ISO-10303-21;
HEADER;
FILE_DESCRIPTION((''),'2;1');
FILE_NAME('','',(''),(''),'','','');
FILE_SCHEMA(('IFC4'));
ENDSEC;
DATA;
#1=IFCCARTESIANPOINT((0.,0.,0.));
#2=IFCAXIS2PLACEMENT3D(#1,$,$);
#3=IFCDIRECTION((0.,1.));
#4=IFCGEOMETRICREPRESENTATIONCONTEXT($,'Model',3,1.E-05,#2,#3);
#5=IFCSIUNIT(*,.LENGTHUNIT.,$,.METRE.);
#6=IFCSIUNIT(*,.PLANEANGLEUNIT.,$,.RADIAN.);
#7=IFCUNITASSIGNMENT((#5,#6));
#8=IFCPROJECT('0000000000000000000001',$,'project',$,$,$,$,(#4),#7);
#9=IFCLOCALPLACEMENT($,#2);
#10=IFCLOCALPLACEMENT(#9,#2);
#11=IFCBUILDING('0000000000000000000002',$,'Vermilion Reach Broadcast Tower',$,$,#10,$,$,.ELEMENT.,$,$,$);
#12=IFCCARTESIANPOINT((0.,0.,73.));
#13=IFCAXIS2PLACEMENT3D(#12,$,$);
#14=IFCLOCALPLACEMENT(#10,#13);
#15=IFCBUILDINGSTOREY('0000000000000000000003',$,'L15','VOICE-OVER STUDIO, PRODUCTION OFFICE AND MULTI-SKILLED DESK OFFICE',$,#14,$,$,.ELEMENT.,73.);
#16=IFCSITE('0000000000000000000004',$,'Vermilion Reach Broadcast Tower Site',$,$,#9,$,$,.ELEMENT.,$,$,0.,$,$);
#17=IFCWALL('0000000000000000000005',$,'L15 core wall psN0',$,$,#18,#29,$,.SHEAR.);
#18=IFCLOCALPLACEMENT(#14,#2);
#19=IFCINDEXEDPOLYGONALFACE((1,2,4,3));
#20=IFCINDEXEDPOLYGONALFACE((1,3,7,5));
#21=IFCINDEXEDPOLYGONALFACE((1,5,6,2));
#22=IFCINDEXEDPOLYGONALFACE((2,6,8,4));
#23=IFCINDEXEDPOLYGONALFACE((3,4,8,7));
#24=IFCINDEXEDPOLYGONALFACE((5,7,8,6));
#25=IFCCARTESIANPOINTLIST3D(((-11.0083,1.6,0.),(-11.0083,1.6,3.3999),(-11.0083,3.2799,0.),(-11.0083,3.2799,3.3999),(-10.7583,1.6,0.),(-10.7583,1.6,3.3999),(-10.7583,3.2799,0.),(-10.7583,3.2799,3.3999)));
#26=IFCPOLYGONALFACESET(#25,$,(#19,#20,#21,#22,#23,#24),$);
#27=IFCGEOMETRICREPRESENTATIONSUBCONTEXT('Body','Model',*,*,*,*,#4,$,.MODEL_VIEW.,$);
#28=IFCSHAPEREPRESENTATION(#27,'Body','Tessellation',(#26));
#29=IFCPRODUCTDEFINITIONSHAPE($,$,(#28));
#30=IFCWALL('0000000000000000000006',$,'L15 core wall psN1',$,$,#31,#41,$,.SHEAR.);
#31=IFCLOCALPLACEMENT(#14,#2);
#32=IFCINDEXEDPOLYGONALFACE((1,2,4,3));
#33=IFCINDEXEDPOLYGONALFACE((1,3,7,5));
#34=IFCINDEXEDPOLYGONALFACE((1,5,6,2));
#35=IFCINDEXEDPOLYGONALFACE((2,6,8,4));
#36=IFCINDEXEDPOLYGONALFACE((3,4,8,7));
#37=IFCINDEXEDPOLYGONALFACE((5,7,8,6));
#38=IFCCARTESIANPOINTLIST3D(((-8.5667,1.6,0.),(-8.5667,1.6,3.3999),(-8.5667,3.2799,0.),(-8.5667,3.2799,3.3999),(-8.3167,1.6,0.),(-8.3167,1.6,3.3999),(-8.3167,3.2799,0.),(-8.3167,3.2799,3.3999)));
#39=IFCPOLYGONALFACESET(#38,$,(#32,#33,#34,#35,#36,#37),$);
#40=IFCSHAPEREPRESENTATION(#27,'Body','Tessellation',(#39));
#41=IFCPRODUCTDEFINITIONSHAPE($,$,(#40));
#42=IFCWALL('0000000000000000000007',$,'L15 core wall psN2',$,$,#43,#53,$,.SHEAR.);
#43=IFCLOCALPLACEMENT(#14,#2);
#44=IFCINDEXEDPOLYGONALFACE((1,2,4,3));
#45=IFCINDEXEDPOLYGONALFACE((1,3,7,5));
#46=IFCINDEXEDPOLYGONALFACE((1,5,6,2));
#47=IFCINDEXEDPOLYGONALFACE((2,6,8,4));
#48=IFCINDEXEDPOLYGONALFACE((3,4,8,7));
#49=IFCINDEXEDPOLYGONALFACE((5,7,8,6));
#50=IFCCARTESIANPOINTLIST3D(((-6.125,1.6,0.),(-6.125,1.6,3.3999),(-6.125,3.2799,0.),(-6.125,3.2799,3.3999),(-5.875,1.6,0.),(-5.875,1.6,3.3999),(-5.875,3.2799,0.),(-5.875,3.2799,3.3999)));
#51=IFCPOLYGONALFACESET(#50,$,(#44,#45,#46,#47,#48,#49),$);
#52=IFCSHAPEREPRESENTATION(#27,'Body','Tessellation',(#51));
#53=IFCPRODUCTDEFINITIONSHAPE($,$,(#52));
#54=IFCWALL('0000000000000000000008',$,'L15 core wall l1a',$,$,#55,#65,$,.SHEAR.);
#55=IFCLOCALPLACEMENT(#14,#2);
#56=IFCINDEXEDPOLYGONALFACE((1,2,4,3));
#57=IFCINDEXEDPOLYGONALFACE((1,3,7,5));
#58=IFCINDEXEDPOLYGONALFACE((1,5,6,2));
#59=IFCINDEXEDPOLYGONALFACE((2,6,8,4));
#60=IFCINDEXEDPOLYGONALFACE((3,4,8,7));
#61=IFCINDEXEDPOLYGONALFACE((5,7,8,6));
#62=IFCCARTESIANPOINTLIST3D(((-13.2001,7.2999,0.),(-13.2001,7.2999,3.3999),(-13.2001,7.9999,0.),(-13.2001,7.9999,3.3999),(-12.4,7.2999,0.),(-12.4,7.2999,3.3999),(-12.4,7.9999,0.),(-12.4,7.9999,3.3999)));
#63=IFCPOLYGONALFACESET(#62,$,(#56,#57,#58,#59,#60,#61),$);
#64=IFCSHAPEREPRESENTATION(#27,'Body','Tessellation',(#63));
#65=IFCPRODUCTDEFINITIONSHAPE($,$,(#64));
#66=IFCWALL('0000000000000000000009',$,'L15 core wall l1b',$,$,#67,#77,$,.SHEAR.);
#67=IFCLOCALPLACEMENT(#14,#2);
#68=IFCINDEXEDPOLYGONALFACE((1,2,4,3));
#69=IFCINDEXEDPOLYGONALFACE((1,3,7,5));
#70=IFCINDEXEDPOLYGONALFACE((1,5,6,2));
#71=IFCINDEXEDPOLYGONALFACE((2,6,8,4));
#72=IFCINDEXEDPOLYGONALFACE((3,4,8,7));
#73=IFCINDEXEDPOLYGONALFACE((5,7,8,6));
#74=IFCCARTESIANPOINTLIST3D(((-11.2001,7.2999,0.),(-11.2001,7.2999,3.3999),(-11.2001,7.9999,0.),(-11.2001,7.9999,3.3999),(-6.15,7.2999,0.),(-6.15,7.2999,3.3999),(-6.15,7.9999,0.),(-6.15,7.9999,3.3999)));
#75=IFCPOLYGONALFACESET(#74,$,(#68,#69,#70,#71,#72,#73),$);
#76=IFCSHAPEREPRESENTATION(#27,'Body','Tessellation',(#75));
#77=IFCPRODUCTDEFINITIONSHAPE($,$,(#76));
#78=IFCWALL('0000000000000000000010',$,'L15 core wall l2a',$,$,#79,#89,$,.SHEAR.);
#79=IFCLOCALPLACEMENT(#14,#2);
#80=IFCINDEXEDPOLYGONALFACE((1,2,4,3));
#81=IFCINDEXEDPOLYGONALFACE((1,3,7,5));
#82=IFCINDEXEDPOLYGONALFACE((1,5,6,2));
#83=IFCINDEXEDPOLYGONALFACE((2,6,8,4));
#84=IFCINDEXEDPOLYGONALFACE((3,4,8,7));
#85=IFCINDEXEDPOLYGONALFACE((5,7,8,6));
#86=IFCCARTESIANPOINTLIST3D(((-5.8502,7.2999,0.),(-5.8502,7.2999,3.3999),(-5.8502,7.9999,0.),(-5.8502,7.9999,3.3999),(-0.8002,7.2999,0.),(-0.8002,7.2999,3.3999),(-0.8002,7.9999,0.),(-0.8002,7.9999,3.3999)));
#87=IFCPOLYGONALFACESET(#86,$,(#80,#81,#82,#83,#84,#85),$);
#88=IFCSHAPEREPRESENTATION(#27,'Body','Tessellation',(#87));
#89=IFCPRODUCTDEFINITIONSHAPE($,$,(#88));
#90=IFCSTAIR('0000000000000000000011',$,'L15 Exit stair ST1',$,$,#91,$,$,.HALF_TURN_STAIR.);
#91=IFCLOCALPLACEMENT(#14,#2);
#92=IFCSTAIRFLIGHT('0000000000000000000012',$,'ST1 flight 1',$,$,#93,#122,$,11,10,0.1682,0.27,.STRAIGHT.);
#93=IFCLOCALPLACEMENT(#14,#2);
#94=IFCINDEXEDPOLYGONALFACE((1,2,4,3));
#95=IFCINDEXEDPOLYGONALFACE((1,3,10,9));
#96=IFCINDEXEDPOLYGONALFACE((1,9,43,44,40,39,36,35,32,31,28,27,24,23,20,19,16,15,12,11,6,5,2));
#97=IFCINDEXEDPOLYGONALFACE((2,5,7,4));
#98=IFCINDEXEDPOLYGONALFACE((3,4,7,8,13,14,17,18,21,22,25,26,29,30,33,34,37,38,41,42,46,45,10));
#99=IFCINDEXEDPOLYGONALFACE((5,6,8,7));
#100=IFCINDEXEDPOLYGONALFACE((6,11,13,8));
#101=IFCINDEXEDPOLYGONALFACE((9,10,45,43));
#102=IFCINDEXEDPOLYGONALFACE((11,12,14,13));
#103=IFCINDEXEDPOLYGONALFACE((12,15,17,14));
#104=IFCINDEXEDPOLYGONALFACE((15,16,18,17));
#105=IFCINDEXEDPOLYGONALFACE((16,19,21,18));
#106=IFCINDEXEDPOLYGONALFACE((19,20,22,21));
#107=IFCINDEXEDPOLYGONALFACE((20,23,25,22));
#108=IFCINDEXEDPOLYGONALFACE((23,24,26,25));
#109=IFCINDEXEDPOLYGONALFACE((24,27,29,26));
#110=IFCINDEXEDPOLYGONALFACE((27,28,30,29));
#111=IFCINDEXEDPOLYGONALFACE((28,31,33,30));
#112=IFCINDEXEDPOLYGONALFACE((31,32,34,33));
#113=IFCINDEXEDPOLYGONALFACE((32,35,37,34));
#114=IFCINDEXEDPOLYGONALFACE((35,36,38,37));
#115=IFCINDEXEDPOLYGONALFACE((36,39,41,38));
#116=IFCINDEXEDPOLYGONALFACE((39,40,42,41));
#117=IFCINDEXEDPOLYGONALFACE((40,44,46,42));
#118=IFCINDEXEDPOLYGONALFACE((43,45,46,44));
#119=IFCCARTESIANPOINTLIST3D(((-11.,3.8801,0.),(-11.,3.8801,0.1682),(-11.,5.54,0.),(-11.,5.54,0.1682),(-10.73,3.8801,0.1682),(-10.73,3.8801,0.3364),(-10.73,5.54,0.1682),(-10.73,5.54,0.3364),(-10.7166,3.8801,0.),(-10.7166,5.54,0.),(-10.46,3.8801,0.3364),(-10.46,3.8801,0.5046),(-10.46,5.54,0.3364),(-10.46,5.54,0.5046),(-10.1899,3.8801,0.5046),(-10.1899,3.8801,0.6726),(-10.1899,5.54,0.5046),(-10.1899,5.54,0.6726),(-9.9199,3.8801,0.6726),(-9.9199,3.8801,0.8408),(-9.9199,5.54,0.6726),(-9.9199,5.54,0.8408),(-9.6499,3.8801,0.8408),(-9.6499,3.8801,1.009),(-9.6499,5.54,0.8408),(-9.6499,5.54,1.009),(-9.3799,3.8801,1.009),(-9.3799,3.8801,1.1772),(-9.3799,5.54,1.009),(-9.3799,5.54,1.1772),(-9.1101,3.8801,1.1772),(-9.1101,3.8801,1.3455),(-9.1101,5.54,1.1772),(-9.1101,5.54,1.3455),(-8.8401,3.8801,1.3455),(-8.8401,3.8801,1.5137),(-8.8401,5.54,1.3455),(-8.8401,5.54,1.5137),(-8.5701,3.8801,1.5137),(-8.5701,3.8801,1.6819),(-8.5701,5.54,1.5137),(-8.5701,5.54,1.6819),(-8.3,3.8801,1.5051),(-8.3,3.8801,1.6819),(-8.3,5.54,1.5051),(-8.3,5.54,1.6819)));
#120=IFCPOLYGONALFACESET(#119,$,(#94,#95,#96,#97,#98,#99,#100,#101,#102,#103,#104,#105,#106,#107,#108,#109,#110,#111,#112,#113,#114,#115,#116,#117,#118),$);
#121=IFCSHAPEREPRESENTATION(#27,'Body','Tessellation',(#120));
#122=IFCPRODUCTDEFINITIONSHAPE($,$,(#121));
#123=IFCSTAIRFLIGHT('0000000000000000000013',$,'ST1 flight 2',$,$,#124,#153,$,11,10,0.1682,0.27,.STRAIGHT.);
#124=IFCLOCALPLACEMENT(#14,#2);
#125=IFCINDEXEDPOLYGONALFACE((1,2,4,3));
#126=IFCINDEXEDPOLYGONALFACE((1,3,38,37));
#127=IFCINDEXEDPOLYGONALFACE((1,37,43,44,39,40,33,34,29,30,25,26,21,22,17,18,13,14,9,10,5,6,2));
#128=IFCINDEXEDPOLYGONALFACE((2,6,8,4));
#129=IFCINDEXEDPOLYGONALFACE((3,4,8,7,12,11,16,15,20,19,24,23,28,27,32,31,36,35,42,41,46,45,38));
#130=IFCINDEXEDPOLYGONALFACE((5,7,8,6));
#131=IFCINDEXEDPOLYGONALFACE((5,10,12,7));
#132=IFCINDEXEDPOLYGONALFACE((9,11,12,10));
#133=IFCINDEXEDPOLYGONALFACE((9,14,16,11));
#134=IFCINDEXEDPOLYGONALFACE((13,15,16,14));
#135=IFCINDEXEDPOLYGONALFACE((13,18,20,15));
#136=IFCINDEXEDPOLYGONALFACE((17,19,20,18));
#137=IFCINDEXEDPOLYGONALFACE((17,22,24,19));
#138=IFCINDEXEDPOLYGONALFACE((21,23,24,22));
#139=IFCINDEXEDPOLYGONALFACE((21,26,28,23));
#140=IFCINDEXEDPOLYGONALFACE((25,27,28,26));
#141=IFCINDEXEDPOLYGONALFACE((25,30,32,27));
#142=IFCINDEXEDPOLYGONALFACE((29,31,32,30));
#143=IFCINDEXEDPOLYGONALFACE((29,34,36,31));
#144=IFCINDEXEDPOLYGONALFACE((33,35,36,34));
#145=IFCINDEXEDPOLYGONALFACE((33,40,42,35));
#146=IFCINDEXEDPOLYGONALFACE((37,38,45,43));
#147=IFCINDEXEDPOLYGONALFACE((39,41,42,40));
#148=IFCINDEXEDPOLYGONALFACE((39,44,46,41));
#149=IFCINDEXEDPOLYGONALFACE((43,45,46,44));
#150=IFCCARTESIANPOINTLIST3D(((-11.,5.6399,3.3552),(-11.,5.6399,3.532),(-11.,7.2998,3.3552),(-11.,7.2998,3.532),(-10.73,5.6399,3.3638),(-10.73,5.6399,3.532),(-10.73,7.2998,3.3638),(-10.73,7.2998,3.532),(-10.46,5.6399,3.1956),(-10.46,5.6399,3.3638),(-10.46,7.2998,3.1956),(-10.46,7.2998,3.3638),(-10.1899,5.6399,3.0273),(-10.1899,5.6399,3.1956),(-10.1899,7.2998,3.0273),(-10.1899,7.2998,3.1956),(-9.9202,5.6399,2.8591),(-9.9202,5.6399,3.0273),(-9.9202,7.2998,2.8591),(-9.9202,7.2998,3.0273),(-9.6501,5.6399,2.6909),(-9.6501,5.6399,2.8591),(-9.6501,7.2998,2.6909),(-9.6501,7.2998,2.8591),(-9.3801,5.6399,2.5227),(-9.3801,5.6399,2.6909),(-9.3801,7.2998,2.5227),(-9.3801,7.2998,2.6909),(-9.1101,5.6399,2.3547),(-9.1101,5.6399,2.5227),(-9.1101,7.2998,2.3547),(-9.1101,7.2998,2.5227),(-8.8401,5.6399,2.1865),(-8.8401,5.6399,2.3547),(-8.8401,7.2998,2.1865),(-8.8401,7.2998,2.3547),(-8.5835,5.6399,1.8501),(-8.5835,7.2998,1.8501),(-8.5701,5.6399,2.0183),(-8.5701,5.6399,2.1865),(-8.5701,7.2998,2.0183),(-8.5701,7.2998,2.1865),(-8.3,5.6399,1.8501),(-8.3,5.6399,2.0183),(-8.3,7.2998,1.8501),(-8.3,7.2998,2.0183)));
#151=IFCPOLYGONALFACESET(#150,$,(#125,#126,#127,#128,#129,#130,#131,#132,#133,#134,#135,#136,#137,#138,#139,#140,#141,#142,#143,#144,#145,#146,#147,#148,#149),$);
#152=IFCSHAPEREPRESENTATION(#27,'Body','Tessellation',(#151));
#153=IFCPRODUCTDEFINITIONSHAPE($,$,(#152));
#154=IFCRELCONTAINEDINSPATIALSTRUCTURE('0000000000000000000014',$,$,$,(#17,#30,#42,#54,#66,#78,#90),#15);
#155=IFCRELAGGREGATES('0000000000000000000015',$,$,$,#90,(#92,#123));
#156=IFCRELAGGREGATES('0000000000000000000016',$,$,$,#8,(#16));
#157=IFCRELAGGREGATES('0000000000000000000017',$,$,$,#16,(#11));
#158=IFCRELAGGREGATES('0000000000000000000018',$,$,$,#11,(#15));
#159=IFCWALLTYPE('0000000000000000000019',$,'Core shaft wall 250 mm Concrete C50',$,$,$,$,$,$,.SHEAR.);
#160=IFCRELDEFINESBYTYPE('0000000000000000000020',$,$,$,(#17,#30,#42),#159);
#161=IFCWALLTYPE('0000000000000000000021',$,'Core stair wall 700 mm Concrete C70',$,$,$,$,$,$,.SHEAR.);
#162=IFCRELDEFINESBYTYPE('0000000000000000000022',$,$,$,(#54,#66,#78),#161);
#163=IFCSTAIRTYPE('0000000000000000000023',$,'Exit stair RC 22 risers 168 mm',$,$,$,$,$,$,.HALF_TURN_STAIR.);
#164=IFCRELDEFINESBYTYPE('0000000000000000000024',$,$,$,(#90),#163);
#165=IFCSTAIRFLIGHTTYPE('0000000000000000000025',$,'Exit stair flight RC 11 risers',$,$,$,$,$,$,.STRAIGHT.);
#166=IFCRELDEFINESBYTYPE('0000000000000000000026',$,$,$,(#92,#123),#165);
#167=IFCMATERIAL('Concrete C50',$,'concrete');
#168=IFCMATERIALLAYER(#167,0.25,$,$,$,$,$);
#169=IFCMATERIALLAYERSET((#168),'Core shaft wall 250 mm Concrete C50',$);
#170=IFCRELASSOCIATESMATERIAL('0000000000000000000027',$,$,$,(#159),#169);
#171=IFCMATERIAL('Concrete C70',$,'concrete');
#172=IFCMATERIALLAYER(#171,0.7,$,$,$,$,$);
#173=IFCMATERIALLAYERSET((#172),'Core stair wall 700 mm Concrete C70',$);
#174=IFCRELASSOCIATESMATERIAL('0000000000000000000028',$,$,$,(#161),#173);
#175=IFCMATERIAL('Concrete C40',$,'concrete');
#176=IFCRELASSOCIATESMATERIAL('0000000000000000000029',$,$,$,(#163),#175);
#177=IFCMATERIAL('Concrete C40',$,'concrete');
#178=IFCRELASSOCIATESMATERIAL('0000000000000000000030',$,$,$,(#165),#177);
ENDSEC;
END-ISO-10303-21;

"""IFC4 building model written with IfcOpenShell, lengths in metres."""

from ifc_helpers import new_model, si_unit, direction, frame, frame_2d, origin, place, context, subcontext, project, spatial, polyline, rectangle, outline, extrude, material, layer, layer_set, type_object, element, aggregate, save


model = new_model("IFC4")

# Units and contexts
model_context = context("Model", 3, precision=1e-05, world=origin(), true_north=direction((0.0, 1.0)))
body_context = subcontext(model_context, "Body", "Model", "MODEL_VIEW")
ifc_project = project(units=[si_unit("LENGTHUNIT", "METRE"), si_unit("PLANEANGLEUNIT", "RADIAN")], contexts=[model_context])

# Site, building, storey
site_placement = place(None, origin())
site = spatial("IfcSite", under=ifc_project, at=site_placement, Name="Vermilion Reach Broadcast Tower Site", CompositionType="ELEMENT", RefElevation=0.0)
building_placement = place(site_placement, origin())
building = spatial("IfcBuilding", under=site, at=building_placement, Name="Vermilion Reach Broadcast Tower", CompositionType="ELEMENT")
storey_placement = place(building_placement, frame((0.0, 0.0, 73.0)))
storey = spatial("IfcBuildingStorey", under=building, at=storey_placement, Name="L15", Description="VOICE-OVER STUDIO, PRODUCTION OFFICE AND MULTI-SKILLED DESK OFFICE", CompositionType="ELEMENT", Elevation=73.0)

# Walls
ifc_material_1 = material(Name="Concrete C50", Category="concrete")
ifc_layer_1 = layer(ifc_material_1, 0.25)
ifc_layer_set_1 = layer_set([ifc_layer_1], Name="Core shaft wall 250 mm Concrete C50")
wall_type_1 = type_object("IfcWallType", Name="Core shaft wall 250 mm Concrete C50", PredefinedType="SHEAR", material=ifc_layer_set_1)
for number, where, z_axis, x_axis, name in (
    (1, (-10.8833, 1.6001, 0.0), (0.0, 0.0, 1.0), (0.0, 1.0, 0.0), "L15 core wall psN0"),
    (2, (-8.4417, 1.6001, 0.0), (0.0, 0.0, 1.0), (0.0, 1.0, 0.0), "L15 core wall psN1"),
    (3, (-6.0, 1.6001, 0.0), (0.0, 0.0, 1.0), (0.0, 1.0, 0.0), "L15 core wall psN2"),
):
    element("IfcWall", number, at=place(storey_placement, frame(where, z_axis=z_axis, x_axis=x_axis)), inside=storey, type_object=wall_type_1, Name=name, PredefinedType="SHEAR", context=body_context, shape_type="SweptSolid", body=[
        extrude(rectangle(XDim=1.6799, YDim=0.25, at=frame_2d((0.8398, 0.0))), origin(), (0.0, 0.0, 1.0), 3.3999),
    ])
ifc_material_2 = material(Name="Concrete C70", Category="concrete")
ifc_layer_2 = layer(ifc_material_2, 0.7)
ifc_layer_set_2 = layer_set([ifc_layer_2], Name="Core stair wall 700 mm Concrete C70")
wall_type_2 = type_object("IfcWallType", Name="Core stair wall 700 mm Concrete C70", PredefinedType="SHEAR", material=ifc_layer_set_2)
wall_1_placement = place(storey_placement, frame((-13.2, 7.6499, 0.0), z_axis=(0.0, 0.0, 1.0), x_axis=(1.0, 0.0, 0.0)))
element("IfcWall", 4, at=wall_1_placement, inside=storey, type_object=wall_type_2, Name="L15 core wall l1a", PredefinedType="SHEAR", context=body_context, shape_type="SweptSolid", body=[
    extrude(rectangle(XDim=0.8, YDim=0.7, at=frame_2d((0.3999, 0.0))), origin(), (0.0, 0.0, 1.0), 3.3999),
])
for number, where, z_axis, x_axis, name in (
    (5, (-11.2, 7.6499, 0.0), (0.0, 0.0, 1.0), (1.0, 0.0, 0.0), "L15 core wall l1b"),
    (6, (-5.8501, 7.6499, 0.0), (0.0, 0.0, 1.0), (1.0, 0.0, 0.0), "L15 core wall l2a"),
):
    element("IfcWall", number, at=place(storey_placement, frame(where, z_axis=z_axis, x_axis=x_axis)), inside=storey, type_object=wall_type_2, Name=name, PredefinedType="SHEAR", context=body_context, shape_type="SweptSolid", body=[
        extrude(rectangle(XDim=5.05, YDim=0.7, at=frame_2d((2.5249, 0.0))), origin(), (0.0, 0.0, 1.0), 3.3999),
    ])

# Stair, stair flights
ifc_material_3 = material(Name="Concrete C40", Category="concrete")
stair_type = type_object("IfcStairType", Name="Exit stair RC 22 risers 168 mm", PredefinedType="HALF_TURN_STAIR", material=ifc_material_3)
stair_placement = place(storey_placement, origin())
stair = element("IfcStair", 7, at=stair_placement, inside=storey, type_object=stair_type, Name="L15 Exit stair ST1", PredefinedType="HALF_TURN_STAIR")
ifc_material_4 = material(Name="Concrete C40", Category="concrete")
stair_flight_type = type_object("IfcStairFlightType", Name="Exit stair flight RC 11 risers", PredefinedType="STRAIGHT", material=ifc_material_4)
stair_flight_1_placement = place(storey_placement, frame((-11.0, 4.71, 0.0), z_axis=(0.0, 0.0, 1.0), x_axis=(1.0, 0.0, 0.0)))
stair_flight_1 = element("IfcStairFlight", 8, at=stair_flight_1_placement, type_object=stair_flight_type, Name="ST1 flight 1", NumberOfRisers=11, NumberOfTreads=10, PredefinedType="STRAIGHT", RiserHeight=0.1682, TreadLength=0.27, context=body_context, shape_type="SweptSolid", body=[
    extrude(outline(polyline([(0.0, 0.0), (0.0, 0.1682), (0.27, 0.1682), (0.27, 0.3364), (0.54, 0.3364), (0.54, 0.5046), (0.8101, 0.5046), (0.8101, 0.6726), (1.0801, 0.6726), (1.0801, 0.8408), (1.3501, 0.8408), (1.3501, 1.009), (1.6201, 1.009), (1.6201, 1.1772), (1.8899, 1.1772), (1.8899, 1.3455), (2.1599, 1.3455), (2.1599, 1.5137), (2.4299, 1.5137), (2.4299, 1.6819), (2.7, 1.6819), (2.7, 1.8501), (2.7, 1.5051), (0.2834, 0.0), (0.0, 0.0)])), frame((0.0, 0.8301, 0.0), z_axis=(0.0, -1.0, 0.0), x_axis=(1.0, 0.0, 0.0)), (0.0, 0.0, 1.0), 1.6599),
])
stair_flight_2_placement = place(storey_placement, frame((-8.3, 6.47, 1.8501), z_axis=(0.0, 0.0, 1.0), x_axis=(-1.0, 0.0, 0.0)))
stair_flight_2 = element("IfcStairFlight", 9, at=stair_flight_2_placement, type_object=stair_flight_type, Name="ST1 flight 2", NumberOfRisers=11, NumberOfTreads=10, PredefinedType="STRAIGHT", RiserHeight=0.1682, TreadLength=0.27, context=body_context, shape_type="SweptSolid", body=[
    extrude(outline(polyline([(0.0, 0.0), (0.0, 0.1682), (0.27, 0.1682), (0.27, 0.3364), (0.54, 0.3364), (0.54, 0.5046), (0.8101, 0.5046), (0.8101, 0.6726), (1.0801, 0.6726), (1.0801, 0.8408), (1.3501, 0.8408), (1.3501, 1.009), (1.6201, 1.009), (1.6201, 1.1772), (1.8899, 1.1772), (1.8899, 1.3455), (2.1599, 1.3455), (2.1599, 1.5137), (2.4299, 1.5137), (2.4299, 1.6819), (2.7, 1.6819), (2.7, 1.8501), (2.7, 1.5051), (0.2834, 0.0), (0.0, 0.0)])), frame((0.0, 0.8301, 0.0), z_axis=(0.0, -1.0, 0.0), x_axis=(1.0, 0.0, 0.0)), (0.0, 0.0, 1.0), 1.6599),
])
aggregate(stair, [stair_flight_1, stair_flight_2])

save(model, "model.ifc")
